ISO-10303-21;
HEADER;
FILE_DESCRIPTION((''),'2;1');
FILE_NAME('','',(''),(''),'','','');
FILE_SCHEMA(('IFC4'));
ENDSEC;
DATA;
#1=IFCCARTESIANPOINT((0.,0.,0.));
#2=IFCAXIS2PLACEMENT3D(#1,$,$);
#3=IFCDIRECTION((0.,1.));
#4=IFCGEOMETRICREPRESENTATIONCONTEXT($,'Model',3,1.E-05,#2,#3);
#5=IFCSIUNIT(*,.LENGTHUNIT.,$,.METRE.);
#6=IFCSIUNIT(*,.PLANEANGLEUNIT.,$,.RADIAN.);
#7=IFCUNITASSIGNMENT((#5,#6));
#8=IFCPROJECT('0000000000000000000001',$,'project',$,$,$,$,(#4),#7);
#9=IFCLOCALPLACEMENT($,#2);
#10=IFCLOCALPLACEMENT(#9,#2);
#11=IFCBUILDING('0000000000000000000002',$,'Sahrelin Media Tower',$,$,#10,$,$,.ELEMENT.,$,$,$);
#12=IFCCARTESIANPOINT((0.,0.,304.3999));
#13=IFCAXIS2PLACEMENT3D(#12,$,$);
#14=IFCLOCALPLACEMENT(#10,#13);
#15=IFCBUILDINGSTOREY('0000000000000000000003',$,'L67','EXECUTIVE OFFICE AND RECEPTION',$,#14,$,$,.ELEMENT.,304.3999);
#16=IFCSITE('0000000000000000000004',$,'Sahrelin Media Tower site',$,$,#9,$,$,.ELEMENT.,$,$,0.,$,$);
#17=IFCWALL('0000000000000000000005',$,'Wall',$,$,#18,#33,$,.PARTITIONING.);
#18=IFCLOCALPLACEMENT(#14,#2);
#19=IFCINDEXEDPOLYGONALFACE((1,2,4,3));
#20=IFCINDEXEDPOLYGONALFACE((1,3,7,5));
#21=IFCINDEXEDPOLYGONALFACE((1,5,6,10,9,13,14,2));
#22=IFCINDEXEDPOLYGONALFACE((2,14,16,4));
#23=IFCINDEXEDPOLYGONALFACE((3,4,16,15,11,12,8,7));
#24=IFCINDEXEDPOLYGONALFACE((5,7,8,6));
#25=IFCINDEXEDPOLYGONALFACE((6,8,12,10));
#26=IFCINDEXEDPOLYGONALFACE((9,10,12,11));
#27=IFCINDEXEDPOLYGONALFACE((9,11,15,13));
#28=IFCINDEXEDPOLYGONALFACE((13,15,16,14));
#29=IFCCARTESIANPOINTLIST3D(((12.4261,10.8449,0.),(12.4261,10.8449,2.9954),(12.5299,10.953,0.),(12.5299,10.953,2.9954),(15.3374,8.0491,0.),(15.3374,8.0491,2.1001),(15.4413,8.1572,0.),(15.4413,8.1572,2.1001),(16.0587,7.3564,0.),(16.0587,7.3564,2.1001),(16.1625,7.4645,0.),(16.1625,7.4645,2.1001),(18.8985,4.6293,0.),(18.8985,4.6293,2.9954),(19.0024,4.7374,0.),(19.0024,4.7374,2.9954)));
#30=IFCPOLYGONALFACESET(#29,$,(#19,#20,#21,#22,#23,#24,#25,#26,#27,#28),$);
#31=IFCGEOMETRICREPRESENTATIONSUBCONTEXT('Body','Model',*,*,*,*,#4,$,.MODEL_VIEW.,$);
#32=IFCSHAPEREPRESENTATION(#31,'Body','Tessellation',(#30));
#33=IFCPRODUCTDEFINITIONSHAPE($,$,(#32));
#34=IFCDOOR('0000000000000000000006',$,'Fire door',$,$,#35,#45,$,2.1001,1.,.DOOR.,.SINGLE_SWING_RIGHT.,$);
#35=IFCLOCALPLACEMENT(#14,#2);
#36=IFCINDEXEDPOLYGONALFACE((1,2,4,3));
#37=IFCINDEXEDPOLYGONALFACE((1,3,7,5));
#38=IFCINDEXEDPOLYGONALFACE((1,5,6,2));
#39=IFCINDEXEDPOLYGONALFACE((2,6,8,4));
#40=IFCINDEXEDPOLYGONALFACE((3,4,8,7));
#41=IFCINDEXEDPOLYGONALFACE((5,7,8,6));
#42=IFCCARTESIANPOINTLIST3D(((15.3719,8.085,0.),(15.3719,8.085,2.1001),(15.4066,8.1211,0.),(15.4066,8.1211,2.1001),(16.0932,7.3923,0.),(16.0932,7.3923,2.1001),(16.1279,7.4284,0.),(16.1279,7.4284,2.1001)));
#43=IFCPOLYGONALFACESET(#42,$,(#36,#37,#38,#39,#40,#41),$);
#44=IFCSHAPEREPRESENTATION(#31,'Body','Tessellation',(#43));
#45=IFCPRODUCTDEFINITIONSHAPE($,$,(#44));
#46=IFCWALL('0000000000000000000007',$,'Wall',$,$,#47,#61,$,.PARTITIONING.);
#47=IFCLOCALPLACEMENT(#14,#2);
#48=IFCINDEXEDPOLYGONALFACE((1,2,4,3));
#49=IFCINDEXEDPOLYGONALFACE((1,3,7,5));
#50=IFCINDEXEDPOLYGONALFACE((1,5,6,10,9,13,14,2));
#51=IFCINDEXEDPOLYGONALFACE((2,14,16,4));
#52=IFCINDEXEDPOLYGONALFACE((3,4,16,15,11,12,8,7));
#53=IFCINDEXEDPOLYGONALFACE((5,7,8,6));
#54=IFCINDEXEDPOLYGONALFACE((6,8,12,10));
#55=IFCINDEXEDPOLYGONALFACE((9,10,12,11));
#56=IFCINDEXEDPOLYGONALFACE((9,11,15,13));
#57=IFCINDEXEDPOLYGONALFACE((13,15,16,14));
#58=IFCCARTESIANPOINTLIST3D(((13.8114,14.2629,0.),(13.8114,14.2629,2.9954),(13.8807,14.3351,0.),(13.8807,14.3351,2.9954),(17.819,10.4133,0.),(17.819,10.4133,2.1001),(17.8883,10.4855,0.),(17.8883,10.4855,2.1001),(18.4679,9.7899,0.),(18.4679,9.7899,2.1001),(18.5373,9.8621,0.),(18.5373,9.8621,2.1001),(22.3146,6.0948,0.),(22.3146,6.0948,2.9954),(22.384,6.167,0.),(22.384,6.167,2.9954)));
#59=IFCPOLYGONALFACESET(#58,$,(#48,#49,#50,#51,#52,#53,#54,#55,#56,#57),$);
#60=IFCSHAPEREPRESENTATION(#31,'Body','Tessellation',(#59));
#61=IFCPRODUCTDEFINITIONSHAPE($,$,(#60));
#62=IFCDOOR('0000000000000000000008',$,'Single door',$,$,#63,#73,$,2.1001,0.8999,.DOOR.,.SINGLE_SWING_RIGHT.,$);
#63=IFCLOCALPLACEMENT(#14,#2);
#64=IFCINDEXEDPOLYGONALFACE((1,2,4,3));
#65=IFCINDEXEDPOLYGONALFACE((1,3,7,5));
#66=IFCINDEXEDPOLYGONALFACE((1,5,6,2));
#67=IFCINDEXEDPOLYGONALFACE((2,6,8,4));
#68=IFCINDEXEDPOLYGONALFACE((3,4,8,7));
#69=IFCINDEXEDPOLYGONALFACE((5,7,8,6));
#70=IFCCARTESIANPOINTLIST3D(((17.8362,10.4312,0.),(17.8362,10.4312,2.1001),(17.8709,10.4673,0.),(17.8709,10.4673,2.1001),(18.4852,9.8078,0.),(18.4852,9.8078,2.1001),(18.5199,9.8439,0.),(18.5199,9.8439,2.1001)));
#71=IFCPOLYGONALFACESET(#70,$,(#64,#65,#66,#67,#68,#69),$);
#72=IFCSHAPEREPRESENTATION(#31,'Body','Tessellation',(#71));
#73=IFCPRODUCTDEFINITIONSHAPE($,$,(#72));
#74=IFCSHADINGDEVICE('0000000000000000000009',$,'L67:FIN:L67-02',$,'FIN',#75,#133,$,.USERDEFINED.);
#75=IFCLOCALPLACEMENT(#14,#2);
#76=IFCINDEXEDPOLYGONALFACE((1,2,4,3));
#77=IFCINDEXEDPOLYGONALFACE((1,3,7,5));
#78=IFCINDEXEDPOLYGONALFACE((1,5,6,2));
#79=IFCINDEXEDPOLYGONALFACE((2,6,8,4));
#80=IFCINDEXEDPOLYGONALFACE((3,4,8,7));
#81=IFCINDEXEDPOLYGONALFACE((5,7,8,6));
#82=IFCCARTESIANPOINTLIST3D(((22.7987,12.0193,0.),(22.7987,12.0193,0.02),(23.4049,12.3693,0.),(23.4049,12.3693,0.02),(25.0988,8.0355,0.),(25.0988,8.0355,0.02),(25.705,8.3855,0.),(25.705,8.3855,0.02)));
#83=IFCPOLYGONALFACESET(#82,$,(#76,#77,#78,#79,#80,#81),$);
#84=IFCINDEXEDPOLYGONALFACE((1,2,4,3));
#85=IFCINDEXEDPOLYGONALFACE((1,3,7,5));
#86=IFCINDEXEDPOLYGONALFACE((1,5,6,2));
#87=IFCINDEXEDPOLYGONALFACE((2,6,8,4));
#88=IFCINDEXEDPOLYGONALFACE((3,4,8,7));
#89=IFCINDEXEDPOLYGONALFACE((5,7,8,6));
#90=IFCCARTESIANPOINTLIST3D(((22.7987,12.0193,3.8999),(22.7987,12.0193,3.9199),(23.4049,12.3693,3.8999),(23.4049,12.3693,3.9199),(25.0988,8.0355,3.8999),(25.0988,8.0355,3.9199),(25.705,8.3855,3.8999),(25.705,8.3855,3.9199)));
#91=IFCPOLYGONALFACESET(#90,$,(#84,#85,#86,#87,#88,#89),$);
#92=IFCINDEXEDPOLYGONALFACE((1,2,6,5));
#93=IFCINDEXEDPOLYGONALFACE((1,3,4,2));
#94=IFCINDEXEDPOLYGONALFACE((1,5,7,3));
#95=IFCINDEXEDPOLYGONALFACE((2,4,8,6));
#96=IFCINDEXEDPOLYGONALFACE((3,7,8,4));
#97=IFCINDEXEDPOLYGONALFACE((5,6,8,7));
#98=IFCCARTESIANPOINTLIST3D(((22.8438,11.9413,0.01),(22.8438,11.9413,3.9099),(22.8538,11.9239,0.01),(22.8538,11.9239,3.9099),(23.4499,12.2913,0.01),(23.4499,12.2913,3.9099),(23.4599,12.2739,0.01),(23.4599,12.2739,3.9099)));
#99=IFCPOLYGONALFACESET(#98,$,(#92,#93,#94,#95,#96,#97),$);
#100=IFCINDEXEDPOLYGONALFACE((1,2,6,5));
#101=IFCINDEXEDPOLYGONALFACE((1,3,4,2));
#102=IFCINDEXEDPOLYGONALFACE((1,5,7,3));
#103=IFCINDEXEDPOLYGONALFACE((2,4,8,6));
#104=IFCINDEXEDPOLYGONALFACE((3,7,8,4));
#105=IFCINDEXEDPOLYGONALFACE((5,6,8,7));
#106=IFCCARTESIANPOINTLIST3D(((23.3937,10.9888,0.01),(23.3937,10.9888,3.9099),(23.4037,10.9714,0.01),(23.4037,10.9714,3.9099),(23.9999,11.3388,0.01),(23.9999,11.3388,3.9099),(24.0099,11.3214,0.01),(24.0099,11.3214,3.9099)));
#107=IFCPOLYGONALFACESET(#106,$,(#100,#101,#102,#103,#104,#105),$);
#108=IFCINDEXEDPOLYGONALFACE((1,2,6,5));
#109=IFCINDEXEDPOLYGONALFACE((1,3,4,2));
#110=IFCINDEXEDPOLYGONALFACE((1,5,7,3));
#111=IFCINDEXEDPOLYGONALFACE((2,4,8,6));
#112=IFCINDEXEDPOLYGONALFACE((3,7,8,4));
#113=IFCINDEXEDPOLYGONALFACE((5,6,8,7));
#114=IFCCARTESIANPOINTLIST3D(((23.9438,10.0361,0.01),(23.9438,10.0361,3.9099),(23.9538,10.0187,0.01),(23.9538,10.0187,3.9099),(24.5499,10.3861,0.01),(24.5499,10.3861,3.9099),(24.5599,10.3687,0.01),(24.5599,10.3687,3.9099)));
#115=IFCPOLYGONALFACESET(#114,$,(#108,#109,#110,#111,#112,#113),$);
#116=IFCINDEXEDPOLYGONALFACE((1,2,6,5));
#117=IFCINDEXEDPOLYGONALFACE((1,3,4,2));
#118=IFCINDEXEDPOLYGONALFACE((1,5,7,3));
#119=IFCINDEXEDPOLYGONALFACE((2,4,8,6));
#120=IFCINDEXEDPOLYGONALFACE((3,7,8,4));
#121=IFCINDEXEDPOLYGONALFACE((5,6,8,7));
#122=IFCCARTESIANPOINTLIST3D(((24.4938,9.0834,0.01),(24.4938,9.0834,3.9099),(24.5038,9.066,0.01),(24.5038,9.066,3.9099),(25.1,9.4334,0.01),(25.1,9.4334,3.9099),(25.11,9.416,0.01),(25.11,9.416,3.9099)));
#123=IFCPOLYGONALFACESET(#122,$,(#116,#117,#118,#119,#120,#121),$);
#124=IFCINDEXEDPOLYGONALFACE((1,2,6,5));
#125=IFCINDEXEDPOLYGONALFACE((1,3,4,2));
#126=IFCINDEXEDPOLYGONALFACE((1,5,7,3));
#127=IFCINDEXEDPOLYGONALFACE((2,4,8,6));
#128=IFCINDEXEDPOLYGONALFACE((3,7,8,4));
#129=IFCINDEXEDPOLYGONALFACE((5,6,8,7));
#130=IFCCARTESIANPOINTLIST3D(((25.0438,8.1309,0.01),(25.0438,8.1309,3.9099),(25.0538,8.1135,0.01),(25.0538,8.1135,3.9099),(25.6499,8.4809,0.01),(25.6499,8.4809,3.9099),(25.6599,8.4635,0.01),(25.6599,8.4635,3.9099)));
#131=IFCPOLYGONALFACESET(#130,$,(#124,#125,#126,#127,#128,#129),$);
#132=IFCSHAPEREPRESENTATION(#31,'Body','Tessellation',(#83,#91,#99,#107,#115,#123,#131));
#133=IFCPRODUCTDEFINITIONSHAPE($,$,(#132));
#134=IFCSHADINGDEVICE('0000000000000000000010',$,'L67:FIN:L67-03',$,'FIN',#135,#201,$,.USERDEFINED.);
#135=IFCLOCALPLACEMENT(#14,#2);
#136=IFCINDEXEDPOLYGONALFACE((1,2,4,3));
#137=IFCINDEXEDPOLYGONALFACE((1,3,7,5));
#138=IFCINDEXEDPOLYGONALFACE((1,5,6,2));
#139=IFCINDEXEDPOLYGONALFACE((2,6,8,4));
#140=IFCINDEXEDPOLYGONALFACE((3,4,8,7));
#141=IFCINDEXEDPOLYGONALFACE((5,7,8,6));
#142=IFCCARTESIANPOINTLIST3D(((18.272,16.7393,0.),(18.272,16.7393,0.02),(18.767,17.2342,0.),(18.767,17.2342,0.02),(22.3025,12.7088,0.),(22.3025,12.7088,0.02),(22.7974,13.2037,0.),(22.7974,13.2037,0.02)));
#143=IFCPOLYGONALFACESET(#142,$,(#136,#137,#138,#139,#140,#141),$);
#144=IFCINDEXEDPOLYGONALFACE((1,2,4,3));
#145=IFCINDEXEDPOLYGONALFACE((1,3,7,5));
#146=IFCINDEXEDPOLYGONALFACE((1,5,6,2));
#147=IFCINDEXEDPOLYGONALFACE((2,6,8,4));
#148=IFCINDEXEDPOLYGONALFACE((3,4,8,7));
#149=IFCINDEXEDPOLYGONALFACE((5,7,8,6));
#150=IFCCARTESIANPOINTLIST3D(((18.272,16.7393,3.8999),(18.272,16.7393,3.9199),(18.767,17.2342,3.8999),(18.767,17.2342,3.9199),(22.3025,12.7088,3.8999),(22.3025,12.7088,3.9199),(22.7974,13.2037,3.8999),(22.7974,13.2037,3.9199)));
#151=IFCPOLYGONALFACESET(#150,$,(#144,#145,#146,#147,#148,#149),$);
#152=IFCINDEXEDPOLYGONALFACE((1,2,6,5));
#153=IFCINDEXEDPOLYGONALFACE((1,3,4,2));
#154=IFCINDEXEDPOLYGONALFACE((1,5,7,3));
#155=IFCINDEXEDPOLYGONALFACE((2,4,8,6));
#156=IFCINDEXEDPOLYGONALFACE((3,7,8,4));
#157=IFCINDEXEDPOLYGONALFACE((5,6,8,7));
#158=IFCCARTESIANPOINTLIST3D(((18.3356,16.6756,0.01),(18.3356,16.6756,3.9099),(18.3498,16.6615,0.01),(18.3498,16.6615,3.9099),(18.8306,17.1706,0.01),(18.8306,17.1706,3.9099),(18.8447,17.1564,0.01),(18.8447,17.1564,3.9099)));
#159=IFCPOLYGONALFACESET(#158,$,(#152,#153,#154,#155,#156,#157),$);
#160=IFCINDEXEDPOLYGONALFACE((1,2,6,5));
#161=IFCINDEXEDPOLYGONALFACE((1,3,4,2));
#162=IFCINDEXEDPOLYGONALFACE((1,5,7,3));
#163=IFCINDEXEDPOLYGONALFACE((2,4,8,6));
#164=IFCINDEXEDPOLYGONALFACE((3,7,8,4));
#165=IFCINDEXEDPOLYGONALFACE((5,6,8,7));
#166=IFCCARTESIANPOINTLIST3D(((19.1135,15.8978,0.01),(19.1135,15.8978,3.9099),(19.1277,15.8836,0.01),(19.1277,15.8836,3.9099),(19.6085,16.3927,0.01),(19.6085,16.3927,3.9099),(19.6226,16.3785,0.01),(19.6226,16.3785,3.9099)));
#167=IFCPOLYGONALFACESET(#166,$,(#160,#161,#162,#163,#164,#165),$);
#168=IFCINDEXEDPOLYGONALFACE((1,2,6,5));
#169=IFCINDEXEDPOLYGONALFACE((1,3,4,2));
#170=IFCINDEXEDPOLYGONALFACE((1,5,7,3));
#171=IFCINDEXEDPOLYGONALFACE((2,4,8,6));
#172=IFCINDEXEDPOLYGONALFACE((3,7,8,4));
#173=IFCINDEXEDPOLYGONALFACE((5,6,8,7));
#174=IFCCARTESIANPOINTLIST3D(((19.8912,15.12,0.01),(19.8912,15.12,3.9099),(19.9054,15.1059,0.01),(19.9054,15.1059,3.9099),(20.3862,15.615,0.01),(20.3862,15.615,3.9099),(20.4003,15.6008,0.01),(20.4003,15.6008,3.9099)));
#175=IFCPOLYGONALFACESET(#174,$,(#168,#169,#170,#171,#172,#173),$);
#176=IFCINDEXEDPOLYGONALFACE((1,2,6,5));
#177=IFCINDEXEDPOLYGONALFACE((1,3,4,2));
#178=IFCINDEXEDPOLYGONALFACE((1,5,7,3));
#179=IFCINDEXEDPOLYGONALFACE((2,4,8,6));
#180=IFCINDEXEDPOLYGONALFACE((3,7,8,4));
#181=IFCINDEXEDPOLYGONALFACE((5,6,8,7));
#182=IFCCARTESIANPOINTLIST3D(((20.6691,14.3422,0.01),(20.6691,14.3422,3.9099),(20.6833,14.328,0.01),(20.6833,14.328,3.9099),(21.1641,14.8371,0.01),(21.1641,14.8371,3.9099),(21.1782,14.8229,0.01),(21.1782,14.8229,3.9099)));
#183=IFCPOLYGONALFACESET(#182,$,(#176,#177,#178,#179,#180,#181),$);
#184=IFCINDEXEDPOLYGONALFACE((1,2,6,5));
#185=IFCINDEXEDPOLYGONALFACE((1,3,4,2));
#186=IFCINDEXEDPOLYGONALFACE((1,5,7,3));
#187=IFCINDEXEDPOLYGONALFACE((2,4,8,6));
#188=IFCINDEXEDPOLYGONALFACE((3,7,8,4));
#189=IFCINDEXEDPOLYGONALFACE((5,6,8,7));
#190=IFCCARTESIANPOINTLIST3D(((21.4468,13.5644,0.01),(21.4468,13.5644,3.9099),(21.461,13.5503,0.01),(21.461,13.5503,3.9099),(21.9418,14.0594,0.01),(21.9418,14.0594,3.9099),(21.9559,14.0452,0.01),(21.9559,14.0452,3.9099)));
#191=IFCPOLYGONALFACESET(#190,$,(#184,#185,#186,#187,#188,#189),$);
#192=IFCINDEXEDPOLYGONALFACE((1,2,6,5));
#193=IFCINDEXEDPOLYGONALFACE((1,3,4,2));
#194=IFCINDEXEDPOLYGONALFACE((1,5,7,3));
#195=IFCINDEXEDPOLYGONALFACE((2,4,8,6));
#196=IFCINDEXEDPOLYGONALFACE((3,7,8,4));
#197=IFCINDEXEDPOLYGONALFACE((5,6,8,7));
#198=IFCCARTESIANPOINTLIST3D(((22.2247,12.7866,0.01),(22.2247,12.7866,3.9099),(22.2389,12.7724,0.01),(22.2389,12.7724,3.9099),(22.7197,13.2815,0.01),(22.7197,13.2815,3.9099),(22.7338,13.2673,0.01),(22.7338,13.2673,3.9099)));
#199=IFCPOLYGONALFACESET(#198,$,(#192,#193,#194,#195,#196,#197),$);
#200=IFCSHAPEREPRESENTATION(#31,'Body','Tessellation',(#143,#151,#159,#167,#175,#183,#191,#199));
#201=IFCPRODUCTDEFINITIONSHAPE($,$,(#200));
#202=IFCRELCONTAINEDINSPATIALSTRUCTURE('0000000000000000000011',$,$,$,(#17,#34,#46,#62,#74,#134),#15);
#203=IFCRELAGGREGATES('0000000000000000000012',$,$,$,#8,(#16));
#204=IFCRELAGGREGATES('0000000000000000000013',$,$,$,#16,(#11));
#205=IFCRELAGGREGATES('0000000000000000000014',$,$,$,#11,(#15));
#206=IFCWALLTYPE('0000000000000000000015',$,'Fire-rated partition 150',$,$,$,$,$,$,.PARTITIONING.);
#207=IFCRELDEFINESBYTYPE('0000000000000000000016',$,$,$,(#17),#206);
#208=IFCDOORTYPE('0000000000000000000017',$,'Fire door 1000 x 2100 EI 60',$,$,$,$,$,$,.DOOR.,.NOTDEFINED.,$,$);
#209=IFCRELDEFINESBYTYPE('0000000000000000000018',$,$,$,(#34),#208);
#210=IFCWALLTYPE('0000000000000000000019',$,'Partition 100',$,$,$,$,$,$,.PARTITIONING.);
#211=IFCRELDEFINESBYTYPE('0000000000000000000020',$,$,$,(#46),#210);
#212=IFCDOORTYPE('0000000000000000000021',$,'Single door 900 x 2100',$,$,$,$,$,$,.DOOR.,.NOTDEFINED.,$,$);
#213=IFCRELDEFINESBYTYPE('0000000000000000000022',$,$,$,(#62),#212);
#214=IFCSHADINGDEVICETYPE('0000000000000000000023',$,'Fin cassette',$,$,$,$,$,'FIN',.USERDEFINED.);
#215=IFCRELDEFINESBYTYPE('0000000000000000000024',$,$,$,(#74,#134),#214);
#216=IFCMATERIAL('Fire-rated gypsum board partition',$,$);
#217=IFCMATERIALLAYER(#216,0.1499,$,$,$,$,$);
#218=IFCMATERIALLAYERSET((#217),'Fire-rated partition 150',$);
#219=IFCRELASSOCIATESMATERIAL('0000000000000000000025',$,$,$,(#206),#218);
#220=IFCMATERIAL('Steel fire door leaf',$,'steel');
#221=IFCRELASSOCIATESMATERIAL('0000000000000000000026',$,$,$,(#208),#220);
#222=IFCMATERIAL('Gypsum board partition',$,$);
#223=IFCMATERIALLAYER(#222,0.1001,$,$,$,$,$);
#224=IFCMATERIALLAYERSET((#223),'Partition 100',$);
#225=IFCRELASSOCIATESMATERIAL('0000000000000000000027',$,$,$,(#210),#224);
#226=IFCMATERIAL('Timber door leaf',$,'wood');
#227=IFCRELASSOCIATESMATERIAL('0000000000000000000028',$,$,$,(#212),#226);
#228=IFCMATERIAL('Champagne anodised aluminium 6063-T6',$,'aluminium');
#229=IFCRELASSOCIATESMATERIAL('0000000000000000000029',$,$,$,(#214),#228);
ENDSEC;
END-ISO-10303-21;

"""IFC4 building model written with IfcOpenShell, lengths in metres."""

from ifc_helpers import new_model, si_unit, direction, frame, frame_2d, origin, origin_2d, place, context, subcontext, project, spatial, rectangle, extrude, material, layer, layer_set, type_object, element, fill, save


model = new_model("IFC4")

# Units and contexts
model_context = context("Model", 3, precision=1e-05, world=origin(), true_north=direction((0.0, 1.0)))
body_context = subcontext(model_context, "Body", "Model", "MODEL_VIEW")
ifc_project = project(units=[si_unit("LENGTHUNIT", "METRE"), si_unit("PLANEANGLEUNIT", "RADIAN")], contexts=[model_context])

# Site, building, storey
site_placement = place(None, origin())
site = spatial("IfcSite", under=ifc_project, at=site_placement, Name="Sahrelin Media Tower site", CompositionType="ELEMENT", RefElevation=0.0)
building_placement = place(site_placement, origin())
building = spatial("IfcBuilding", under=site, at=building_placement, Name="Sahrelin Media Tower", CompositionType="ELEMENT")
storey_placement = place(building_placement, frame((0.0, 0.0, 304.3999)))
storey = spatial("IfcBuildingStorey", under=building, at=storey_placement, Name="L67", Description="EXECUTIVE OFFICE AND RECEPTION", CompositionType="ELEMENT", Elevation=304.3999)

# Shared definitions
ifc_material_1 = material(Name="Champagne anodised aluminium 6063-T6", Category="aluminium")

# Walls, openings, doors
ifc_material_2 = material(Name="Fire-rated gypsum board partition")
ifc_layer_1 = layer(ifc_material_2, 0.1499)
ifc_layer_set_1 = layer_set([ifc_layer_1], Name="Fire-rated partition 150")
wall_type_1 = type_object("IfcWallType", Name="Fire-rated partition 150", PredefinedType="PARTITIONING", material=ifc_layer_set_1)
wall_1_placement = place(storey_placement, frame((12.478, 10.8989, 0.0), z_axis=(0.0, 0.0, 1.0), x_axis=(0.721273, -0.692651, 0.0)))
wall_1 = element("IfcWall", 1, at=wall_1_placement, inside=storey, type_object=wall_type_1, Name="Wall", PredefinedType="PARTITIONING", context=body_context, shape_type="SweptSolid", body=[
    extrude(rectangle(XDim=8.9736, YDim=0.1499, at=frame_2d((4.4868, 0.0))), origin(), (0.0, 0.0, 1.0), 2.9954),
])
opening_1_placement = place(wall_1_placement, frame((4.0364, 0.0, 0.0)))
opening_1 = element("IfcOpeningElement", 2, at=opening_1_placement, cuts=wall_1, PredefinedType="OPENING", context=body_context, shape_type="SweptSolid", body=[
    extrude(rectangle(XDim=1.0, YDim=2.1001, at=frame_2d((0.5, 1.05))), frame((0.0, 0.075, 0.0), z_axis=(0.0, -1.0, 0.0), x_axis=(1.0, 0.0, 0.0)), (0.0, 0.0, 1.0), 0.1499),
])
ifc_material_3 = material(Name="Steel fire door leaf", Category="steel")
door_type_1 = type_object("IfcDoorType", Name="Fire door 1000 x 2100 EI 60", OperationType="NOTDEFINED", PredefinedType="DOOR", material=ifc_material_3)
door_1_placement = place(opening_1_placement, origin())
door_1 = element("IfcDoor", 3, at=door_1_placement, inside=storey, type_object=door_type_1, Name="Fire door", OperationType="SINGLE_SWING_RIGHT", OverallHeight=2.1001, OverallWidth=1.0, PredefinedType="DOOR", context=body_context, shape_type="SweptSolid", body=[
    extrude(rectangle(XDim=1.0, YDim=2.1001, at=frame_2d((0.5, 1.05))), frame((0.0, 0.0249, 0.0), z_axis=(0.0, -1.0, 0.0), x_axis=(1.0, 0.0, 0.0)), (0.0, 0.0, 1.0), 0.05),
])
fill(opening_1, door_1)
ifc_material_4 = material(Name="Gypsum board partition")
ifc_layer_2 = layer(ifc_material_4, 0.1001)
ifc_layer_set_2 = layer_set([ifc_layer_2], Name="Partition 100")
wall_type_2 = type_object("IfcWallType", Name="Partition 100", PredefinedType="PARTITIONING", material=ifc_layer_set_2)
wall_2_placement = place(storey_placement, frame((13.8459, 14.2991, 0.0), z_axis=(0.0, 0.0, 1.0), x_axis=(0.721179, -0.692749, 0.0)))
wall_2 = element("IfcWall", 4, at=wall_2_placement, inside=storey, type_object=wall_type_2, Name="Wall", PredefinedType="PARTITIONING", context=body_context, shape_type="SweptSolid", body=[
    extrude(rectangle(XDim=11.7908, YDim=0.1001, at=frame_2d((5.8955, 0.0))), origin(), (0.0, 0.0, 1.0), 2.9954),
])
opening_2_placement = place(wall_2_placement, frame((5.5571, 0.0, 0.0)))
opening_2 = element("IfcOpeningElement", 5, at=opening_2_placement, cuts=wall_2, PredefinedType="OPENING", context=body_context, shape_type="SweptSolid", body=[
    extrude(rectangle(XDim=0.8999, YDim=2.1001, at=frame_2d((0.45, 1.05))), frame((0.0, 0.05, 0.0), z_axis=(0.0, -1.0, 0.0), x_axis=(1.0, 0.0, 0.0)), (0.0, 0.0, 1.0), 0.1001),
])
ifc_material_5 = material(Name="Timber door leaf", Category="wood")
door_type_2 = type_object("IfcDoorType", Name="Single door 900 x 2100", OperationType="NOTDEFINED", PredefinedType="DOOR", material=ifc_material_5)
door_2_placement = place(opening_2_placement, origin())
door_2 = element("IfcDoor", 6, at=door_2_placement, inside=storey, type_object=door_type_2, Name="Single door", OperationType="SINGLE_SWING_RIGHT", OverallHeight=2.1001, OverallWidth=0.8999, PredefinedType="DOOR", context=body_context, shape_type="SweptSolid", body=[
    extrude(rectangle(XDim=0.8999, YDim=2.1001, at=frame_2d((0.45, 1.05))), frame((0.0, 0.0249, 0.0), z_axis=(0.0, -1.0, 0.0), x_axis=(1.0, 0.0, 0.0)), (0.0, 0.0, 1.0), 0.05),
])
fill(opening_2, door_2)

# Shading devices
shading_device_type_1 = type_object("IfcShadingDeviceType", Name="Fin cassette", ElementType="FIN", PredefinedType="USERDEFINED", material=ifc_material_1)
placement_1 = place(storey_placement, frame((23.8882, 9.9924, 0.0), z_axis=(0.0, 0.0, 1.0), x_axis=(0.500011, -0.866019, 0.0)))
element("IfcShadingDevice", 7, at=placement_1, inside=storey, type_object=shading_device_type_1, Name="L67:FIN:L67-02", ObjectType="FIN", PredefinedType="USERDEFINED", context=body_context, shape_type="SweptSolid", body=[
    extrude(rectangle(XDim=4.6001, YDim=0.7, at=origin_2d()), frame((0.0, 0.4199, 0.0)), (0.0, 0.0, 1.0), 0.02),
    extrude(rectangle(XDim=4.6001, YDim=0.7, at=origin_2d()), frame((0.0, 0.4199, 3.8999)), (0.0, 0.0, 1.0), 0.02),
    extrude(rectangle(XDim=0.02, YDim=0.7, at=origin_2d()), frame((-2.2, 0.4199, 0.01), z_axis=(0.0, 0.0, 1.0), x_axis=(1.0, 0.0, 0.0)), (0.0, 0.0, 1.0), 3.8999),
    extrude(rectangle(XDim=0.02, YDim=0.7, at=origin_2d()), frame((-1.1001, 0.4199, 0.01), z_axis=(0.0, 0.0, 1.0), x_axis=(1.0, 0.0, 0.0)), (0.0, 0.0, 1.0), 3.8999),
    extrude(rectangle(XDim=0.02, YDim=0.7, at=origin_2d()), frame((0.0, 0.4199, 0.01), z_axis=(0.0, 0.0, 1.0), x_axis=(1.0, 0.0, 0.0)), (0.0, 0.0, 1.0), 3.8999),
    extrude(rectangle(XDim=0.02, YDim=0.7, at=origin_2d()), frame((1.1001, 0.4199, 0.01), z_axis=(0.0, 0.0, 1.0), x_axis=(1.0, 0.0, 0.0)), (0.0, 0.0, 1.0), 3.8999),
    extrude(rectangle(XDim=0.02, YDim=0.7, at=origin_2d()), frame((2.2, 0.4199, 0.01), z_axis=(0.0, 0.0, 1.0), x_axis=(1.0, 0.0, 0.0)), (0.0, 0.0, 1.0), 3.8999),
])
placement_2 = place(storey_placement, frame((20.2378, 14.6746, 0.0), z_axis=(0.0, 0.0, 1.0), x_axis=(0.707107, -0.707107, 0.0)))
element("IfcShadingDevice", 8, at=placement_2, inside=storey, type_object=shading_device_type_1, Name="L67:FIN:L67-03", ObjectType="FIN", PredefinedType="USERDEFINED", context=body_context, shape_type="SweptSolid", body=[
    extrude(rectangle(XDim=5.7, YDim=0.7, at=origin_2d()), frame((0.0, 0.4199, 0.0)), (0.0, 0.0, 1.0), 0.02),
    extrude(rectangle(XDim=5.7, YDim=0.7, at=origin_2d()), frame((0.0, 0.4199, 3.8999)), (0.0, 0.0, 1.0), 0.02),
    extrude(rectangle(XDim=0.02, YDim=0.7, at=origin_2d()), frame((-2.75, 0.4199, 0.01), z_axis=(0.0, 0.0, 1.0), x_axis=(1.0, 0.0, 0.0)), (0.0, 0.0, 1.0), 3.8999),
    extrude(rectangle(XDim=0.02, YDim=0.7, at=origin_2d()), frame((-1.6499, 0.4199, 0.01), z_axis=(0.0, 0.0, 1.0), x_axis=(1.0, 0.0, 0.0)), (0.0, 0.0, 1.0), 3.8999),
    extrude(rectangle(XDim=0.02, YDim=0.7, at=origin_2d()), frame((-0.55, 0.4199, 0.01), z_axis=(0.0, 0.0, 1.0), x_axis=(1.0, 0.0, 0.0)), (0.0, 0.0, 1.0), 3.8999),
    extrude(rectangle(XDim=0.02, YDim=0.7, at=origin_2d()), frame((0.55, 0.4199, 0.01), z_axis=(0.0, 0.0, 1.0), x_axis=(1.0, 0.0, 0.0)), (0.0, 0.0, 1.0), 3.8999),
    extrude(rectangle(XDim=0.02, YDim=0.7, at=origin_2d()), frame((1.6499, 0.4199, 0.01), z_axis=(0.0, 0.0, 1.0), x_axis=(1.0, 0.0, 0.0)), (0.0, 0.0, 1.0), 3.8999),
    extrude(rectangle(XDim=0.02, YDim=0.7, at=origin_2d()), frame((2.75, 0.4199, 0.01), z_axis=(0.0, 0.0, 1.0), x_axis=(1.0, 0.0, 0.0)), (0.0, 0.0, 1.0), 3.8999),
])

save(model, "model.ifc")
